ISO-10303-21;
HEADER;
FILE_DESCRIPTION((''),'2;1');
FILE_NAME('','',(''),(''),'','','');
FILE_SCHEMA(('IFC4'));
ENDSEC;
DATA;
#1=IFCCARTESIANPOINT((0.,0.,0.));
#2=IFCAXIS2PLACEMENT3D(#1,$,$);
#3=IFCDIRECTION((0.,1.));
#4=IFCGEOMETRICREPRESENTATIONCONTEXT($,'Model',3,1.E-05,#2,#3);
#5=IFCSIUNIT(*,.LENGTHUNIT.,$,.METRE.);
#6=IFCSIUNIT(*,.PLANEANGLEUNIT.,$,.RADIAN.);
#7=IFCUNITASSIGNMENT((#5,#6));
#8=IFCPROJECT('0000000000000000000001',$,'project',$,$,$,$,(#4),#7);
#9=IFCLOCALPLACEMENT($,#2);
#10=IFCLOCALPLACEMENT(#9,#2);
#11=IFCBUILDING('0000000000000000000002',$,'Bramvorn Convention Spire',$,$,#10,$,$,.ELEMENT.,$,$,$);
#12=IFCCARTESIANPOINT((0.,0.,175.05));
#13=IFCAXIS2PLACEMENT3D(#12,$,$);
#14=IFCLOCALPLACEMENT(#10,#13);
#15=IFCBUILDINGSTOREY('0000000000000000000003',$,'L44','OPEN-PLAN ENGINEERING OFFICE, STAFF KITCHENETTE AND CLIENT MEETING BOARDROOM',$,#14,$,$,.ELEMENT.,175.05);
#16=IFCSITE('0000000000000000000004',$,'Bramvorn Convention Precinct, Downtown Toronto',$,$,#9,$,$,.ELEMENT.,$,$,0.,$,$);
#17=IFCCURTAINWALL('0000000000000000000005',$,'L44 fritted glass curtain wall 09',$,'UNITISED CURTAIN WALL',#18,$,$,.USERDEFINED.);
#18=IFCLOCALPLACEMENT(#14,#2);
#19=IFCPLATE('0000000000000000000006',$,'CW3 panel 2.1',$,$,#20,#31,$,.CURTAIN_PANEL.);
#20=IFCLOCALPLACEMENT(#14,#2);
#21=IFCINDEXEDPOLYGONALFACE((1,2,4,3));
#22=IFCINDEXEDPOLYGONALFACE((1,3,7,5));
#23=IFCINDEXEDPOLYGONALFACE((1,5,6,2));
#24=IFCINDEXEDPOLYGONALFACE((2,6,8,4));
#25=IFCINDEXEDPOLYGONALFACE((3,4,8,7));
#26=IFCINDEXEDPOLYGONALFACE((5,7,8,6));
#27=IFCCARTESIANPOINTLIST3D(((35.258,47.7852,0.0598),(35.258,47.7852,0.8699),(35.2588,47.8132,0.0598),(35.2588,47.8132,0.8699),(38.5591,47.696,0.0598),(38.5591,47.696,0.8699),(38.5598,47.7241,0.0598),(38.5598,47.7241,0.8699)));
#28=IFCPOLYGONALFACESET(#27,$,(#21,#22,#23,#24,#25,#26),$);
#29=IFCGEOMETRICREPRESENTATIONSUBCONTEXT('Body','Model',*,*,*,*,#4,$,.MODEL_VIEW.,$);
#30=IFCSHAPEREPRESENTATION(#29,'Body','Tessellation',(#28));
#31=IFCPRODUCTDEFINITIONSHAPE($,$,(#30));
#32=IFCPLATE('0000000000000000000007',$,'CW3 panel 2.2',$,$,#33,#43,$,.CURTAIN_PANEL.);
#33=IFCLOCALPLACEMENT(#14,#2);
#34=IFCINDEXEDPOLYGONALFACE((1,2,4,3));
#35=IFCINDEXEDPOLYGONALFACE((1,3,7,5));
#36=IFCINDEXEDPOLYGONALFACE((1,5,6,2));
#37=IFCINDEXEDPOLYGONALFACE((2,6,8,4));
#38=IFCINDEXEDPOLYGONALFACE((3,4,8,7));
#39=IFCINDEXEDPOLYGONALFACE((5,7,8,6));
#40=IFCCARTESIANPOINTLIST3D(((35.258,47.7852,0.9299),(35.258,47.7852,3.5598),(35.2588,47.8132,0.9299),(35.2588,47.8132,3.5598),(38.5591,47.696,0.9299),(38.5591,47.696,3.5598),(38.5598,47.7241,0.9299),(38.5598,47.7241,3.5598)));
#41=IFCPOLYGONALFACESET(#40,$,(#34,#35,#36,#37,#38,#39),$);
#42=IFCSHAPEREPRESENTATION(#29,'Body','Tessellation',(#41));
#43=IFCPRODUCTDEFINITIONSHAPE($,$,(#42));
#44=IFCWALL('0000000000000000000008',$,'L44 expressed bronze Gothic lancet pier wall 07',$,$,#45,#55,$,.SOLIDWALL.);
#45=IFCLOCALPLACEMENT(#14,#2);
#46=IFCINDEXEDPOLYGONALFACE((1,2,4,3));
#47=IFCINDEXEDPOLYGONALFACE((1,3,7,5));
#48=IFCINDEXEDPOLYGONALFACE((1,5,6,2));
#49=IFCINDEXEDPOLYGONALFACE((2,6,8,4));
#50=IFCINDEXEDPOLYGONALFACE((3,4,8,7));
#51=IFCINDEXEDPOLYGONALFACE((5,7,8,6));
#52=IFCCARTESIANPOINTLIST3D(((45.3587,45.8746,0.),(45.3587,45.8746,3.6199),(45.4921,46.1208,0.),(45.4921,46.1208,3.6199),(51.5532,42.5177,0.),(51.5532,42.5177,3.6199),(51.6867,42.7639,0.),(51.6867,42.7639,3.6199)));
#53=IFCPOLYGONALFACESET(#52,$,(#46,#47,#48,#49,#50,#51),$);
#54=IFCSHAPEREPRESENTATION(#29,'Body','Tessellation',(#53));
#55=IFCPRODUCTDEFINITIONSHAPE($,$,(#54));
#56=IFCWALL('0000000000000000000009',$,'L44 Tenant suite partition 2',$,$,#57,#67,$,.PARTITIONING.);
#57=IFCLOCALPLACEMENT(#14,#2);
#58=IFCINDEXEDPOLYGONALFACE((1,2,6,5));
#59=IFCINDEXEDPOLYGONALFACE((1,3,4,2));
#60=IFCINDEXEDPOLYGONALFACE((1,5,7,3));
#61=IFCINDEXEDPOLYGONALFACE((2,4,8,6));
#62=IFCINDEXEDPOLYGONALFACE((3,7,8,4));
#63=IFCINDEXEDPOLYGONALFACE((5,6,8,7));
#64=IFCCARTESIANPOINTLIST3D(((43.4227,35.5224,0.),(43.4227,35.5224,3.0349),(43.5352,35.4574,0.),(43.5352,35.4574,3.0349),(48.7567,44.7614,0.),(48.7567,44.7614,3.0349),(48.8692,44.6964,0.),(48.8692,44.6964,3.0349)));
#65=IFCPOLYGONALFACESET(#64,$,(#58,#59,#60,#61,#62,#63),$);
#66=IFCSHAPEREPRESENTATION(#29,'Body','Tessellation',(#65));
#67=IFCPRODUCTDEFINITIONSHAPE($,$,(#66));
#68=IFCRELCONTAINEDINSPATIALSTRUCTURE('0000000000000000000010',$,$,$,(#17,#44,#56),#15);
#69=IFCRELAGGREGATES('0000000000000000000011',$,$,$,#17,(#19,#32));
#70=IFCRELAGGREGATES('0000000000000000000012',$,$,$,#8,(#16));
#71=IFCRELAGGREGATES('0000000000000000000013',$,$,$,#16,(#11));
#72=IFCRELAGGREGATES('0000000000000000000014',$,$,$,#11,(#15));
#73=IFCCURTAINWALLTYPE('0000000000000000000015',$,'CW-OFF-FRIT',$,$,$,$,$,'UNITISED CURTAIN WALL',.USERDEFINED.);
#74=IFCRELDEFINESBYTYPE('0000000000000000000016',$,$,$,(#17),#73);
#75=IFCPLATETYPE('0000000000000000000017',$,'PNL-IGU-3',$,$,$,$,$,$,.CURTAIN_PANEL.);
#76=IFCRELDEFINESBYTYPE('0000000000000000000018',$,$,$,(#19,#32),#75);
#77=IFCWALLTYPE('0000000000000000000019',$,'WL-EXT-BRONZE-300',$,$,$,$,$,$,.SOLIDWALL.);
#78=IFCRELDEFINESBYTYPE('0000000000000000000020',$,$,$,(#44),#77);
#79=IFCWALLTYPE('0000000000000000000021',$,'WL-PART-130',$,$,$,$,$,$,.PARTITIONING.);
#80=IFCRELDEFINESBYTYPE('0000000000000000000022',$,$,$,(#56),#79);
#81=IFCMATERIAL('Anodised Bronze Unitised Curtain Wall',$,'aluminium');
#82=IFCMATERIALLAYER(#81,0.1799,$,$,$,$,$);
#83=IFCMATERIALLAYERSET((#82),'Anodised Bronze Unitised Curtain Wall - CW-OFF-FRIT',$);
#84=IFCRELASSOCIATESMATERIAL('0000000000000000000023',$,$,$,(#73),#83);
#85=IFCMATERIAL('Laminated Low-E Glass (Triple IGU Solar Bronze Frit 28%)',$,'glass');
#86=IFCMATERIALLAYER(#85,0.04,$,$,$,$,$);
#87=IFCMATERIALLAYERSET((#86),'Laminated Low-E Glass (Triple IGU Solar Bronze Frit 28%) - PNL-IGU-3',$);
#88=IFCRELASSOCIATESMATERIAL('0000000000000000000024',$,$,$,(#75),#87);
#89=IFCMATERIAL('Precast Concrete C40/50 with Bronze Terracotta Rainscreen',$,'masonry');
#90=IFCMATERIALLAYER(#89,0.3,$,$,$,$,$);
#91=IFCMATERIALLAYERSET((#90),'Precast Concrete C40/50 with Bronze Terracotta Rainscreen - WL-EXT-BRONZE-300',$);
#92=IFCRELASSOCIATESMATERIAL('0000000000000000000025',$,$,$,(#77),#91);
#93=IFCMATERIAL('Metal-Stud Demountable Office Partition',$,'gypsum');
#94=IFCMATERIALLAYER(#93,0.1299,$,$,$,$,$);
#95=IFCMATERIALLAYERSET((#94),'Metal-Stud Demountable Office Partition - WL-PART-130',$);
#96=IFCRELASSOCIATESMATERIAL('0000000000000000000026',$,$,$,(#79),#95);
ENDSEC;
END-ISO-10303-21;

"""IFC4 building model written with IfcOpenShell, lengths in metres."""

from ifc_helpers import new_model, si_unit, direction, frame, frame_2d, origin, origin_2d, place, context, subcontext, project, spatial, rectangle, extrude, material, layer, layer_set, type_object, element, aggregate, save


model = new_model("IFC4")

# Units and contexts
model_context = context("Model", 3, precision=1e-05, world=origin(), true_north=direction((0.0, 1.0)))
body_context = subcontext(model_context, "Body", "Model", "MODEL_VIEW")
ifc_project = project(units=[si_unit("LENGTHUNIT", "METRE"), si_unit("PLANEANGLEUNIT", "RADIAN")], contexts=[model_context])

# Site, building, storey
site_placement = place(None, origin())
site = spatial("IfcSite", under=ifc_project, at=site_placement, Name="Bramvorn Convention Precinct, Downtown Toronto", CompositionType="ELEMENT", RefElevation=0.0)
building_placement = place(site_placement, origin())
building = spatial("IfcBuilding", under=site, at=building_placement, Name="Bramvorn Convention Spire", CompositionType="ELEMENT")
storey_placement = place(building_placement, frame((0.0, 0.0, 175.05)))
storey = spatial("IfcBuildingStorey", under=building, at=storey_placement, Name="L44", Description="OPEN-PLAN ENGINEERING OFFICE, STAFF KITCHENETTE AND CLIENT MEETING BOARDROOM", CompositionType="ELEMENT", Elevation=175.05)

# Curtain wall
ifc_material_1 = material(Name="Anodised Bronze Unitised Curtain Wall", Category="aluminium")
ifc_layer_1 = layer(ifc_material_1, 0.1799)
ifc_layer_set_1 = layer_set([ifc_layer_1], Name="Anodised Bronze Unitised Curtain Wall - CW-OFF-FRIT")
curtain_wall_type = type_object("IfcCurtainWallType", Name="CW-OFF-FRIT", ElementType="UNITISED CURTAIN WALL", PredefinedType="USERDEFINED", material=ifc_layer_set_1)
curtain_wall_1_placement = place(storey_placement, origin())
curtain_wall_1 = element("IfcCurtainWall", 1, at=curtain_wall_1_placement, inside=storey, type_object=curtain_wall_type, Name="L44 fritted glass curtain wall 09", ObjectType="UNITISED CURTAIN WALL", PredefinedType="USERDEFINED")

# Plates
ifc_material_2 = material(Name="Laminated Low-E Glass (Triple IGU Solar Bronze Frit 28%)", Category="glass")
ifc_layer_2 = layer(ifc_material_2, 0.04)
ifc_layer_set_2 = layer_set([ifc_layer_2], Name="Laminated Low-E Glass (Triple IGU Solar Bronze Frit 28%) - PNL-IGU-3")
plate_type = type_object("IfcPlateType", Name="PNL-IGU-3", PredefinedType="CURTAIN_PANEL", material=ifc_layer_set_2)
plate_1_placement = place(storey_placement, frame((36.9089, 47.7546, 0.0598), z_axis=(0.0, 0.0, 1.0), x_axis=(0.999636, -0.026988, 0.0)))
plate_1 = element("IfcPlate", 2, at=plate_1_placement, type_object=plate_type, Name="CW3 panel 2.1", PredefinedType="CURTAIN_PANEL", context=body_context, shape_type="SweptSolid", body=[
    extrude(rectangle(XDim=3.3022, YDim=0.0281, at=origin_2d()), origin(), (0.0, 0.0, 1.0), 0.8101),
])
plate_2_placement = place(storey_placement, frame((36.9089, 47.7546, 0.9299), z_axis=(0.0, 0.0, 1.0), x_axis=(0.999636, -0.026988, 0.0)))
plate_2 = element("IfcPlate", 3, at=plate_2_placement, type_object=plate_type, Name="CW3 panel 2.2", PredefinedType="CURTAIN_PANEL", context=body_context, shape_type="SweptSolid", body=[
    extrude(rectangle(XDim=3.3022, YDim=0.0281, at=origin_2d()), origin(), (0.0, 0.0, 1.0), 2.6299),
])
aggregate(curtain_wall_1, [plate_1, plate_2])

# Walls
ifc_material_3 = material(Name="Precast Concrete C40/50 with Bronze Terracotta Rainscreen", Category="masonry")
ifc_layer_3 = layer(ifc_material_3, 0.3)
ifc_layer_set_3 = layer_set([ifc_layer_3], Name="Precast Concrete C40/50 with Bronze Terracotta Rainscreen - WL-EXT-BRONZE-300")
wall_type_1 = type_object("IfcWallType", Name="WL-EXT-BRONZE-300", PredefinedType="SOLIDWALL", material=ifc_layer_set_3)
wall_1_placement = place(storey_placement, frame((45.4253, 45.9978, 0.0), z_axis=(0.0, 0.0, 1.0), x_axis=(0.879201, -0.476452, 0.0)))
element("IfcWall", 4, at=wall_1_placement, inside=storey, type_object=wall_type_1, Name="L44 expressed bronze Gothic lancet pier wall 07", PredefinedType="SOLIDWALL", context=body_context, shape_type="SweptSolid", body=[
    extrude(rectangle(XDim=7.0457, YDim=0.28, at=frame_2d((3.5229, 0.0))), origin(), (0.0, 0.0, 1.0), 3.6199),
])
ifc_material_4 = material(Name="Metal-Stud Demountable Office Partition", Category="gypsum")
ifc_layer_4 = layer(ifc_material_4, 0.1299)
ifc_layer_set_4 = layer_set([ifc_layer_4], Name="Metal-Stud Demountable Office Partition - WL-PART-130")
wall_type_2 = type_object("IfcWallType", Name="WL-PART-130", PredefinedType="PARTITIONING", material=ifc_layer_set_4)
wall_2_placement = place(storey_placement, frame((43.479, 35.49, 0.0), z_axis=(0.0, 0.0, 1.0), x_axis=(0.499989, 0.866032, 0.0)))
element("IfcWall", 5, at=wall_2_placement, inside=storey, type_object=wall_type_2, Name="L44 Tenant suite partition 2", PredefinedType="PARTITIONING", context=body_context, shape_type="SweptSolid", body=[
    extrude(rectangle(XDim=10.6682, YDim=0.1299, at=frame_2d((5.334, 0.0))), origin(), (0.0, 0.0, 1.0), 3.0349),
])

save(model, "model.ifc")
